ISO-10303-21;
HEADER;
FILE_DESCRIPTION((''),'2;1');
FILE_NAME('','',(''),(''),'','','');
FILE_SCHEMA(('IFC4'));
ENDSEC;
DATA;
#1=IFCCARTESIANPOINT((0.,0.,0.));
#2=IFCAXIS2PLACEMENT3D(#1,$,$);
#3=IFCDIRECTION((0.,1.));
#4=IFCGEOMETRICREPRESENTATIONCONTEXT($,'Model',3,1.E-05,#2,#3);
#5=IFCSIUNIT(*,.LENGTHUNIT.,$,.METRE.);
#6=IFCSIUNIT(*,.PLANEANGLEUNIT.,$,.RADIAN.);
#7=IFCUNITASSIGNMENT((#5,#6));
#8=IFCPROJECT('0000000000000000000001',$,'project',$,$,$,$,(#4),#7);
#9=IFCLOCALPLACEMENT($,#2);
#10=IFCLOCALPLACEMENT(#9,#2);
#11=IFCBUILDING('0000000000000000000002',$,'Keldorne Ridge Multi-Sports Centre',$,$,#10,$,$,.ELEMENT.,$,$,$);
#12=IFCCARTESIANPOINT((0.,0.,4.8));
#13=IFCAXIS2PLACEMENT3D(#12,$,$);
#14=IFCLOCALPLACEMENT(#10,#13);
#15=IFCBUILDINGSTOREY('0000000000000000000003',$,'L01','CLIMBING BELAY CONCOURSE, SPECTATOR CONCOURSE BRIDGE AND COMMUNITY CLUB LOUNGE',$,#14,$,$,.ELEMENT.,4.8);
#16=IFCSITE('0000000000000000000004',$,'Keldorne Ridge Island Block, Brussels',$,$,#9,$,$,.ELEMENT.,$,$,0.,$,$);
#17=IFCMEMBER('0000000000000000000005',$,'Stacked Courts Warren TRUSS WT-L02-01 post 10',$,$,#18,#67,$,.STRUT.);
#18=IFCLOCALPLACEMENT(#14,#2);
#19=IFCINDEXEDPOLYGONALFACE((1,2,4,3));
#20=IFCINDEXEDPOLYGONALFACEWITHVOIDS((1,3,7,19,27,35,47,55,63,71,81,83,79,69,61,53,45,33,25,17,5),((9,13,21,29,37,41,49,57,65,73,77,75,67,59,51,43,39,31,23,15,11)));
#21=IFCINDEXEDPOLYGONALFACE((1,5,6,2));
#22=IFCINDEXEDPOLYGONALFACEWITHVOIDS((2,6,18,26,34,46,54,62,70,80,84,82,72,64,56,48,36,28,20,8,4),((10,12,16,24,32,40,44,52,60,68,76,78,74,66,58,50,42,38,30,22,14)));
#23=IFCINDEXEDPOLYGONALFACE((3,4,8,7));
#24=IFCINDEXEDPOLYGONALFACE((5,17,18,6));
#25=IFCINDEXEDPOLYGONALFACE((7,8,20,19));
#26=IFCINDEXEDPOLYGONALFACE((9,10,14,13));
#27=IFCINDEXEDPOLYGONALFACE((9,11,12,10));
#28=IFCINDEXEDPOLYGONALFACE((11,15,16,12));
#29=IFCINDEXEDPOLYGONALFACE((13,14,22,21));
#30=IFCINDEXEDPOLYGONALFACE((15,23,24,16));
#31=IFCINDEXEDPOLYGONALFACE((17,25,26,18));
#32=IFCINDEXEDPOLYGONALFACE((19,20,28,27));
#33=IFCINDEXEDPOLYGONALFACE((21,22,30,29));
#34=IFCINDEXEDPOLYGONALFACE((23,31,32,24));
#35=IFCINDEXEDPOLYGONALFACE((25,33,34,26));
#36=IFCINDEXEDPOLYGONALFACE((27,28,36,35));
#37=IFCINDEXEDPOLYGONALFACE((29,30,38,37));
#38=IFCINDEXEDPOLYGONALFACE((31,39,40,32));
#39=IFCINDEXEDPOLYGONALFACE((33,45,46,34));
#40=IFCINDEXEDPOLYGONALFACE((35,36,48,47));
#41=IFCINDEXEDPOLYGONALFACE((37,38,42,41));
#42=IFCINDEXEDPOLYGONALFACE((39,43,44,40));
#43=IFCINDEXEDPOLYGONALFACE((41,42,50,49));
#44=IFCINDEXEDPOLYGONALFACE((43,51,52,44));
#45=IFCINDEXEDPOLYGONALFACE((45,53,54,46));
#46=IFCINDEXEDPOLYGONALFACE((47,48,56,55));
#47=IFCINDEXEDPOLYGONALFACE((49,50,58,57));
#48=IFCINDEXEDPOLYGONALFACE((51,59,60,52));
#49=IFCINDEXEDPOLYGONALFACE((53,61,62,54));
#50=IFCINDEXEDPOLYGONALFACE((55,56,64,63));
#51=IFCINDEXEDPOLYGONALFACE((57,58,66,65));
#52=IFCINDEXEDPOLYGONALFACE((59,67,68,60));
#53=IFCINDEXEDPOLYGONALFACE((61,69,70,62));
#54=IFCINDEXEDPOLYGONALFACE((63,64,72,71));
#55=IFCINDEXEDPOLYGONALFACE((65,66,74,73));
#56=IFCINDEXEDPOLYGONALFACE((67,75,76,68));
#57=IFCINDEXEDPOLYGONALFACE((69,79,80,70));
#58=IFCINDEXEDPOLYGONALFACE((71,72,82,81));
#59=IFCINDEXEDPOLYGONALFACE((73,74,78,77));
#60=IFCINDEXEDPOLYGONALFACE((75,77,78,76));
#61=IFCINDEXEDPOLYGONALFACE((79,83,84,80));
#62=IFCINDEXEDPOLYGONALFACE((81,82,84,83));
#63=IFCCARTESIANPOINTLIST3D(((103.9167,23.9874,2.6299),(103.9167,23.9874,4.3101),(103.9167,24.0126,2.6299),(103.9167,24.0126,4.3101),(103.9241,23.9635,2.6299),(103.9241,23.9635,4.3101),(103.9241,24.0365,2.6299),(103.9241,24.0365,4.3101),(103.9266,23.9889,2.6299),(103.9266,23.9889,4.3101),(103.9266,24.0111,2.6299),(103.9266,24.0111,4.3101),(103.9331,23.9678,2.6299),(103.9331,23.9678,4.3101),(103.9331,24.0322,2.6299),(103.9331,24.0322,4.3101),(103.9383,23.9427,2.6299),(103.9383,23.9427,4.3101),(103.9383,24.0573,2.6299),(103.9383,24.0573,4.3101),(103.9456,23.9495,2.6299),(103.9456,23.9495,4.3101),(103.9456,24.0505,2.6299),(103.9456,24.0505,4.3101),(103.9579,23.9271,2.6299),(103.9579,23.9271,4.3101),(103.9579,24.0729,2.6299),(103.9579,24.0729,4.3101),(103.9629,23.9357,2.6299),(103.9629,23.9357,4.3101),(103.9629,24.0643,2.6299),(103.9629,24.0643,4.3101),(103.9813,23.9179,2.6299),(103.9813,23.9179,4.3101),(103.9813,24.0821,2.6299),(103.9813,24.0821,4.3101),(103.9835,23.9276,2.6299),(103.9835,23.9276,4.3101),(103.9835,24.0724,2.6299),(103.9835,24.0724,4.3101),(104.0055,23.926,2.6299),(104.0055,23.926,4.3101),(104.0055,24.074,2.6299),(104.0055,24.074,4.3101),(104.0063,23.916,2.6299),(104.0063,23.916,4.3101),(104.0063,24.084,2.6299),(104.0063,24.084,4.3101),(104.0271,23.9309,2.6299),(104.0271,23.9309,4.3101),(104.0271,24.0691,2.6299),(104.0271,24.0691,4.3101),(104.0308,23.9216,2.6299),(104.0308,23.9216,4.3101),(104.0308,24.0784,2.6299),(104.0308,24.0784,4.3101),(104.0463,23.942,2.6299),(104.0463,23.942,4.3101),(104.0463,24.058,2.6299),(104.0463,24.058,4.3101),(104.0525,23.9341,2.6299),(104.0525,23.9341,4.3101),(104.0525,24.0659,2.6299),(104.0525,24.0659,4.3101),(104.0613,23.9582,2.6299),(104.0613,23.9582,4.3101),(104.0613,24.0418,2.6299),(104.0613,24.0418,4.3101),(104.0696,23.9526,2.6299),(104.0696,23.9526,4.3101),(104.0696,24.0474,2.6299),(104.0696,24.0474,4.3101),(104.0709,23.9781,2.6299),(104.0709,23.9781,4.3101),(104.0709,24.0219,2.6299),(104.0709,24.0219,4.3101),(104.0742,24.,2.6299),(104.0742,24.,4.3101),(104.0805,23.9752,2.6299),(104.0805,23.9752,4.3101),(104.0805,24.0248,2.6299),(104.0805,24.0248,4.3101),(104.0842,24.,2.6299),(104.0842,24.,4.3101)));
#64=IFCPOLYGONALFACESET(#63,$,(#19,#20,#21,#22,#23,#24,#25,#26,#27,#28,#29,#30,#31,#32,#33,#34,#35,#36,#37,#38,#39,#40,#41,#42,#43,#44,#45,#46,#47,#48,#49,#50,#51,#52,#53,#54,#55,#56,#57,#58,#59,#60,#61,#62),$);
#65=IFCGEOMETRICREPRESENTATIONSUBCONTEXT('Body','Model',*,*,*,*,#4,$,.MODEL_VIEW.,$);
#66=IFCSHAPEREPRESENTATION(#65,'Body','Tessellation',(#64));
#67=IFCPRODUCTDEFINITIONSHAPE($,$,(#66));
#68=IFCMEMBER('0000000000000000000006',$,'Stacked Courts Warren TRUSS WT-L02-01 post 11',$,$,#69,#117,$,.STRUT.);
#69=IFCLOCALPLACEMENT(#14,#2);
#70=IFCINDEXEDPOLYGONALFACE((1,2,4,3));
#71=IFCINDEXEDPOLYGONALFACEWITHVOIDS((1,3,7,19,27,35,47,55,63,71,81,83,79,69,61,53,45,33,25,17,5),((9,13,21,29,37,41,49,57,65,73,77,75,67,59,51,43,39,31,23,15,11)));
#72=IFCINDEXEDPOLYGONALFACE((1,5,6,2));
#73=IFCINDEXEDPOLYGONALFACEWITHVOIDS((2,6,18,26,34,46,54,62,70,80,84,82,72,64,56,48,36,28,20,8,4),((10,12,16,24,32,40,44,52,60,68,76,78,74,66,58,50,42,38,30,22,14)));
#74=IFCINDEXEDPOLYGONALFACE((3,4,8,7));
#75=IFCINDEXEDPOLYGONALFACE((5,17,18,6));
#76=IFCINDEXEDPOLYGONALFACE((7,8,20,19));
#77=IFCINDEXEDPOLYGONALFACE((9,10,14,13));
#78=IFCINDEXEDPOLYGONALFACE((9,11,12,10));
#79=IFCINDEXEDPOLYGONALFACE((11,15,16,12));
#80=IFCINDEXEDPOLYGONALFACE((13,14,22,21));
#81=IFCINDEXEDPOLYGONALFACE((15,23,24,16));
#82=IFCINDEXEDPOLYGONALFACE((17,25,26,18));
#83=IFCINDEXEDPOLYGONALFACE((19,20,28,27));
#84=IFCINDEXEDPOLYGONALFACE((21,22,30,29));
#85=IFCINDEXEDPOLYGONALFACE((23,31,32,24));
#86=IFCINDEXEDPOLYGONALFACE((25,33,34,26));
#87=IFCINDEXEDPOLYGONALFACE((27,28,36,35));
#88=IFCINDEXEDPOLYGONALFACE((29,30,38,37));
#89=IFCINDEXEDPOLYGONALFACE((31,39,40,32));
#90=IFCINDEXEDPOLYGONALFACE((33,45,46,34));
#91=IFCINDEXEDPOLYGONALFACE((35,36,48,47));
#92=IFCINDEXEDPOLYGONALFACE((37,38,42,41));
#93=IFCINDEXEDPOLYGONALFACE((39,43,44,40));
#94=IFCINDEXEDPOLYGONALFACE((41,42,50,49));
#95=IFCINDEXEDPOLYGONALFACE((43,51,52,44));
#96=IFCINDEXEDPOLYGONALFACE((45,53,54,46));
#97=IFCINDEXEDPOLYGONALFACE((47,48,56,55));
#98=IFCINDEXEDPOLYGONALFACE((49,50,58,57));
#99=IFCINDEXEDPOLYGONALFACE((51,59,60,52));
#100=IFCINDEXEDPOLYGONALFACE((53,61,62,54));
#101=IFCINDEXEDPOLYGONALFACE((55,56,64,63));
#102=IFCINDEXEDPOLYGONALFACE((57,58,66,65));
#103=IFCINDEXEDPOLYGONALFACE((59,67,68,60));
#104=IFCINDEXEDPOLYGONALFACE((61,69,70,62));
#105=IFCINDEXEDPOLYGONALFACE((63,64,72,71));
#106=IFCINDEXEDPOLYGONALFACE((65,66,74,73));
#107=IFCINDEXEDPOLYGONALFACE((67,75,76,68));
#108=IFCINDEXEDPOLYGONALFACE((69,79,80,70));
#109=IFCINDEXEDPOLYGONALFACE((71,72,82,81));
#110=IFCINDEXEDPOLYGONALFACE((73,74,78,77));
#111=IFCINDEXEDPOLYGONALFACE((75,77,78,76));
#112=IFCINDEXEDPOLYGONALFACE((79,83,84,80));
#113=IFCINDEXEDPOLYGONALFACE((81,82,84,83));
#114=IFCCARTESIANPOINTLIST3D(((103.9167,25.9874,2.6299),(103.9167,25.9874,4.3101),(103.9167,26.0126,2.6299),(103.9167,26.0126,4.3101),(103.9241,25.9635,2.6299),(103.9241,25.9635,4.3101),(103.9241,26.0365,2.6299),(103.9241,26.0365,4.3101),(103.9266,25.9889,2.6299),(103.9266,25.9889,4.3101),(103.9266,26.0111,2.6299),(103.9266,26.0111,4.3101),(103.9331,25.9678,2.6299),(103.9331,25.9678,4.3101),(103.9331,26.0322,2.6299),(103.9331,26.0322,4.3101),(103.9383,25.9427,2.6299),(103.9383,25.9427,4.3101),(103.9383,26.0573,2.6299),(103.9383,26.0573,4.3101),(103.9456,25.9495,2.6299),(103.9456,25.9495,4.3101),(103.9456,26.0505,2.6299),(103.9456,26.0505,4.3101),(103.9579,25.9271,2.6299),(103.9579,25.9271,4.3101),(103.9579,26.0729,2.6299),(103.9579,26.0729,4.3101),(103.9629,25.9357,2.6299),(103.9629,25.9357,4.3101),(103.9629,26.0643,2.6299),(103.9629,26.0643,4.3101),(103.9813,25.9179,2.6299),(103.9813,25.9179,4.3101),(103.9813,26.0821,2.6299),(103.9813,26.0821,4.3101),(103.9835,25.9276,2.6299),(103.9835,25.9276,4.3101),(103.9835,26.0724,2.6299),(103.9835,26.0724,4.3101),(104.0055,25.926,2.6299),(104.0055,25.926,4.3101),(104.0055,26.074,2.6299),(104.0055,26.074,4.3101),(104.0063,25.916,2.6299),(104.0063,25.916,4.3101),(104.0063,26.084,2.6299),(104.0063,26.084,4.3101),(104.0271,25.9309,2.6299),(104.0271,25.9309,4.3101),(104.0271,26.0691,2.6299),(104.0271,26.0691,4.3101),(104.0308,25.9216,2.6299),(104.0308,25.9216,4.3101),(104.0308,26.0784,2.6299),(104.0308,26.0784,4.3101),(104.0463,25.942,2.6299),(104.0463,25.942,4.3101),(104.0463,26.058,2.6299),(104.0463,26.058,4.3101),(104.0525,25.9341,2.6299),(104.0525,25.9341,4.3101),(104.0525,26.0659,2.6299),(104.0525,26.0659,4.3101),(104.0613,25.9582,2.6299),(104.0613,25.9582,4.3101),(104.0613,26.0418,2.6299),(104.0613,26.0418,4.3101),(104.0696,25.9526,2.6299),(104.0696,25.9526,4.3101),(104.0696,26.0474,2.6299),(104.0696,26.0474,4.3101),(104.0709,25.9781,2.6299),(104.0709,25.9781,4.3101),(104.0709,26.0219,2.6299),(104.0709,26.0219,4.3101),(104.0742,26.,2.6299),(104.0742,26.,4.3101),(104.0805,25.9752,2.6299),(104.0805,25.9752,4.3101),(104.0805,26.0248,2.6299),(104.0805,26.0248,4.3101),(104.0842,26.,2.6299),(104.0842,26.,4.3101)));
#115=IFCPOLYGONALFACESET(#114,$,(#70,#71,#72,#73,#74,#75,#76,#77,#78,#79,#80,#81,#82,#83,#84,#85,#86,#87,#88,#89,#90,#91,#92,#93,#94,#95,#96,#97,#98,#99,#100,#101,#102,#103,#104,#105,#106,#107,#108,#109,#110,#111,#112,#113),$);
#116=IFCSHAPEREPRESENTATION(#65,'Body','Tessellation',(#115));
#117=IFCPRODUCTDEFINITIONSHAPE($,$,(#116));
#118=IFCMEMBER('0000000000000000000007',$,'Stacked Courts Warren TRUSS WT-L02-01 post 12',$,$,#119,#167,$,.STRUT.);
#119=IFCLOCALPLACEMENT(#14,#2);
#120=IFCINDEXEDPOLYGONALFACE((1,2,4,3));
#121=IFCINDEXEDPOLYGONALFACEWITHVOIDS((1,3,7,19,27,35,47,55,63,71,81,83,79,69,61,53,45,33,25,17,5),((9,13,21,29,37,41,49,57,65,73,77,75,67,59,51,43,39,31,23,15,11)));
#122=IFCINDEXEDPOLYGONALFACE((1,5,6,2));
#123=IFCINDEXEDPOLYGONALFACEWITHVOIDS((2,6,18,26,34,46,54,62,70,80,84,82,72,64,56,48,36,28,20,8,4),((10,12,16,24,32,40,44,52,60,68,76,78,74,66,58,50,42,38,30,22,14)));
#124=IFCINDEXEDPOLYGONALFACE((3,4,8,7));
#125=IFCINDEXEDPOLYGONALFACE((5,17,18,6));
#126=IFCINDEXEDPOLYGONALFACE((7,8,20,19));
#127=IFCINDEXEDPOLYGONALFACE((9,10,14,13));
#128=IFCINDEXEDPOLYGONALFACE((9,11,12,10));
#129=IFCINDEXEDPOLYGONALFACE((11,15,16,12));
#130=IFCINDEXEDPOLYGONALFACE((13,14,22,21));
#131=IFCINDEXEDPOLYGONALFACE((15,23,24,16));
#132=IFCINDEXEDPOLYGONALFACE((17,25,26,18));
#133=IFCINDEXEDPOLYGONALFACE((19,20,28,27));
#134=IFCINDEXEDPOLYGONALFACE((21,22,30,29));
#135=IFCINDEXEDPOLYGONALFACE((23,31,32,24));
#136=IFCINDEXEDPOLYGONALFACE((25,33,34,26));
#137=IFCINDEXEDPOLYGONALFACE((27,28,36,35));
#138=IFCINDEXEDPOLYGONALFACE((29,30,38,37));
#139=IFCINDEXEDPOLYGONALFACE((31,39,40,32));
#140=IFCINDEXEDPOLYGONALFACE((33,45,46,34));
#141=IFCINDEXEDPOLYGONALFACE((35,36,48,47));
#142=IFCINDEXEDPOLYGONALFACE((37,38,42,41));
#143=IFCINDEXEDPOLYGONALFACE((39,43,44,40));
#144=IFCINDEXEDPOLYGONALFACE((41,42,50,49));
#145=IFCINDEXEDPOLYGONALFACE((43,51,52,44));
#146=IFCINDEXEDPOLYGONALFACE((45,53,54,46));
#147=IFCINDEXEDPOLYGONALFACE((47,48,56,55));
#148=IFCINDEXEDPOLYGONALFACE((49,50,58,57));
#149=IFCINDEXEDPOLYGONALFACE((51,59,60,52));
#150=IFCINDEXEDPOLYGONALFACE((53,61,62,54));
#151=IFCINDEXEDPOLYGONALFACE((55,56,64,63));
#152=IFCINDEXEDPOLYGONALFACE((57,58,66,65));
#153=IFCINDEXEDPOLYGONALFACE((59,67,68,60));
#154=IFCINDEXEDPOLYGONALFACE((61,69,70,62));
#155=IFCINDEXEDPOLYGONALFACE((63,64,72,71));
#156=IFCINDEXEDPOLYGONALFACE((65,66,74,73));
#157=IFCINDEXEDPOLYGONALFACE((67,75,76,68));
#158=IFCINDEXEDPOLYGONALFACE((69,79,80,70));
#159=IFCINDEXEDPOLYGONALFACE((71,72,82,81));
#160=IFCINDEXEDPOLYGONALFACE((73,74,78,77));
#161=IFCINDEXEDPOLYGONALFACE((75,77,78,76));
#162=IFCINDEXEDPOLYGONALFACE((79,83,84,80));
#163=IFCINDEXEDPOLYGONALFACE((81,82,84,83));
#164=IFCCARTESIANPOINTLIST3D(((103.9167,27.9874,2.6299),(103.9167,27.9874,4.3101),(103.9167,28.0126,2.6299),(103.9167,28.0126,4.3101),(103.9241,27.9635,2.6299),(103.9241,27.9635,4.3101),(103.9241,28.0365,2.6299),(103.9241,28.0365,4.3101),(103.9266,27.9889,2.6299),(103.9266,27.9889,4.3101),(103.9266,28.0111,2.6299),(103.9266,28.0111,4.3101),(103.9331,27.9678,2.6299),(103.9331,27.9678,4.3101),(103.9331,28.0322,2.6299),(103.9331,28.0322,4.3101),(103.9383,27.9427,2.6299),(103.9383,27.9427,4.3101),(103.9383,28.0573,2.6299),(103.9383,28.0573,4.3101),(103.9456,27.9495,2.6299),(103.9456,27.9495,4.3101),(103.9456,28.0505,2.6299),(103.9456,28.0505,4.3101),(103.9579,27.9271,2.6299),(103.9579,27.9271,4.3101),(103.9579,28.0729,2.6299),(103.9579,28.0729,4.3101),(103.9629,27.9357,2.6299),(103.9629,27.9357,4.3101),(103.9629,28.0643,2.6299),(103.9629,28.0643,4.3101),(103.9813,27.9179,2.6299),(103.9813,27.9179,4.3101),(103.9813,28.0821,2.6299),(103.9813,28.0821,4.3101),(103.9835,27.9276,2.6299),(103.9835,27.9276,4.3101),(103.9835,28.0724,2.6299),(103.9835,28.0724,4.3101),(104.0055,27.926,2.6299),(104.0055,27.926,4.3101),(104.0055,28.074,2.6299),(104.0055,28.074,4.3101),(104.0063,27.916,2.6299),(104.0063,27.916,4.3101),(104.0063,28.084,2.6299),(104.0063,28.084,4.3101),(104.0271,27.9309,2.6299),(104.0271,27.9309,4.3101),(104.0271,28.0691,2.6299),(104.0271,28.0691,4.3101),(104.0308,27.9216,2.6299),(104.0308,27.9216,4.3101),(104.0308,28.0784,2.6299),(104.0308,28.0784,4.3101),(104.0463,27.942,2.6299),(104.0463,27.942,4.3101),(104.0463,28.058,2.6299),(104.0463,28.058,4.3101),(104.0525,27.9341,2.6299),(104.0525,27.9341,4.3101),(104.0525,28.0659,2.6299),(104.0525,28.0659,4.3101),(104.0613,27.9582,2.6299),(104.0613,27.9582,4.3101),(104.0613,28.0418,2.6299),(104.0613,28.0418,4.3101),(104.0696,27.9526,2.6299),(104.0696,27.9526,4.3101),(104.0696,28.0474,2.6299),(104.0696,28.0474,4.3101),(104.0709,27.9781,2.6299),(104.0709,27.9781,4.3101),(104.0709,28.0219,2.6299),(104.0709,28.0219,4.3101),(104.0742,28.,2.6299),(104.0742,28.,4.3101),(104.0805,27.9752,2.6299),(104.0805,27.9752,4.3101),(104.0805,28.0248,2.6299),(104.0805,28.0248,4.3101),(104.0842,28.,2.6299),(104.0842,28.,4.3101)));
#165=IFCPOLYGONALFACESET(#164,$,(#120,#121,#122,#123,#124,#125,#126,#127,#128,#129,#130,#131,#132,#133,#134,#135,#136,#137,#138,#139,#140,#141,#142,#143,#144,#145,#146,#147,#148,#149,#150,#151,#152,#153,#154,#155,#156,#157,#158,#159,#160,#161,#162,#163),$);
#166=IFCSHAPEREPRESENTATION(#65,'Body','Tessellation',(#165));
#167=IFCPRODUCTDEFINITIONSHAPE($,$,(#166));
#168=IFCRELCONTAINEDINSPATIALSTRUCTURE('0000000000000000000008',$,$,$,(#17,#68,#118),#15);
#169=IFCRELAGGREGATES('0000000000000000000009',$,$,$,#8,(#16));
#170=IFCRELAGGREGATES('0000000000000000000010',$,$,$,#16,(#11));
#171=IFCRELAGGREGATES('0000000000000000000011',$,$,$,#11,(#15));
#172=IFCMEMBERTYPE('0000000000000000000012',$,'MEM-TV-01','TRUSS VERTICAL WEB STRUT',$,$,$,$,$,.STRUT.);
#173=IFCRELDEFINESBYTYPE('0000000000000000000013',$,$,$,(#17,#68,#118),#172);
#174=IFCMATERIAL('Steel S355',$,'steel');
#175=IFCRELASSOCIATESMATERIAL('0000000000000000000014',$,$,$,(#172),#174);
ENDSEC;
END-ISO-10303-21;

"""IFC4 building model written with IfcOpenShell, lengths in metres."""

from ifc_helpers import new_model, si_unit, direction, frame, origin, origin_2d, place, context, subcontext, project, spatial, hollow_circle, extrude, material, material_profile, profile_set, type_object, element, save


model = new_model("IFC4")

# Units and contexts
model_context = context("Model", 3, precision=1e-05, world=origin(), true_north=direction((0.0, 1.0)))
body_context = subcontext(model_context, "Body", "Model", "MODEL_VIEW")
ifc_project = project(units=[si_unit("LENGTHUNIT", "METRE"), si_unit("PLANEANGLEUNIT", "RADIAN")], contexts=[model_context])

# Site, building, storey
site_placement = place(None, origin())
site = spatial("IfcSite", under=ifc_project, at=site_placement, Name="Keldorne Ridge Island Block, Brussels", CompositionType="ELEMENT", RefElevation=0.0)
building_placement = place(site_placement, origin())
building = spatial("IfcBuilding", under=site, at=building_placement, Name="Keldorne Ridge Multi-Sports Centre", CompositionType="ELEMENT")
storey_placement = place(building_placement, frame((0.0, 0.0, 4.8)))
storey = spatial("IfcBuildingStorey", under=building, at=storey_placement, Name="L01", Description="CLIMBING BELAY CONCOURSE, SPECTATOR CONCOURSE BRIDGE AND COMMUNITY CLUB LOUNGE", CompositionType="ELEMENT", Elevation=4.8)

# Shared definitions
ifc_material = material(Name="Steel S355", Category="steel")

# Members
ifc_material_profile_1 = material_profile(ifc_material, hollow_circle(Radius=0.0842, WallThickness=0.01, at=origin_2d()), Name="CHS 168.3x10")
ifc_profile_set_1 = profile_set([ifc_material_profile_1], Name="Steel S355")
member_type_1 = type_object("IfcMemberType", Name="MEM-TV-01", Description="TRUSS VERTICAL WEB STRUT", PredefinedType="STRUT", material=ifc_profile_set_1)
for number, where, z_axis, x_axis, name in (
    (1, (104.0, 24.0, 2.6299), (0.0, 0.0, 1.0), (1.0, 0.0, 0.0), "Stacked Courts Warren TRUSS WT-L02-01 post 10"),
    (2, (104.0, 26.0, 2.6299), (0.0, 0.0, 1.0), (1.0, 0.0, 0.0), "Stacked Courts Warren TRUSS WT-L02-01 post 11"),
    (3, (104.0, 28.0, 2.6299), (0.0, 0.0, 1.0), (1.0, 0.0, 0.0), "Stacked Courts Warren TRUSS WT-L02-01 post 12"),
):
    element("IfcMember", number, at=place(storey_placement, frame(where, z_axis=z_axis, x_axis=x_axis)), inside=storey, type_object=member_type_1, Name=name, PredefinedType="STRUT", context=body_context, shape_type="SweptSolid", body=[
        extrude(hollow_circle(Radius=0.0842, WallThickness=0.01, at=origin_2d()), origin(), (0.0, 0.0, 1.0), 1.6802),
    ])

save(model, "model.ifc")
